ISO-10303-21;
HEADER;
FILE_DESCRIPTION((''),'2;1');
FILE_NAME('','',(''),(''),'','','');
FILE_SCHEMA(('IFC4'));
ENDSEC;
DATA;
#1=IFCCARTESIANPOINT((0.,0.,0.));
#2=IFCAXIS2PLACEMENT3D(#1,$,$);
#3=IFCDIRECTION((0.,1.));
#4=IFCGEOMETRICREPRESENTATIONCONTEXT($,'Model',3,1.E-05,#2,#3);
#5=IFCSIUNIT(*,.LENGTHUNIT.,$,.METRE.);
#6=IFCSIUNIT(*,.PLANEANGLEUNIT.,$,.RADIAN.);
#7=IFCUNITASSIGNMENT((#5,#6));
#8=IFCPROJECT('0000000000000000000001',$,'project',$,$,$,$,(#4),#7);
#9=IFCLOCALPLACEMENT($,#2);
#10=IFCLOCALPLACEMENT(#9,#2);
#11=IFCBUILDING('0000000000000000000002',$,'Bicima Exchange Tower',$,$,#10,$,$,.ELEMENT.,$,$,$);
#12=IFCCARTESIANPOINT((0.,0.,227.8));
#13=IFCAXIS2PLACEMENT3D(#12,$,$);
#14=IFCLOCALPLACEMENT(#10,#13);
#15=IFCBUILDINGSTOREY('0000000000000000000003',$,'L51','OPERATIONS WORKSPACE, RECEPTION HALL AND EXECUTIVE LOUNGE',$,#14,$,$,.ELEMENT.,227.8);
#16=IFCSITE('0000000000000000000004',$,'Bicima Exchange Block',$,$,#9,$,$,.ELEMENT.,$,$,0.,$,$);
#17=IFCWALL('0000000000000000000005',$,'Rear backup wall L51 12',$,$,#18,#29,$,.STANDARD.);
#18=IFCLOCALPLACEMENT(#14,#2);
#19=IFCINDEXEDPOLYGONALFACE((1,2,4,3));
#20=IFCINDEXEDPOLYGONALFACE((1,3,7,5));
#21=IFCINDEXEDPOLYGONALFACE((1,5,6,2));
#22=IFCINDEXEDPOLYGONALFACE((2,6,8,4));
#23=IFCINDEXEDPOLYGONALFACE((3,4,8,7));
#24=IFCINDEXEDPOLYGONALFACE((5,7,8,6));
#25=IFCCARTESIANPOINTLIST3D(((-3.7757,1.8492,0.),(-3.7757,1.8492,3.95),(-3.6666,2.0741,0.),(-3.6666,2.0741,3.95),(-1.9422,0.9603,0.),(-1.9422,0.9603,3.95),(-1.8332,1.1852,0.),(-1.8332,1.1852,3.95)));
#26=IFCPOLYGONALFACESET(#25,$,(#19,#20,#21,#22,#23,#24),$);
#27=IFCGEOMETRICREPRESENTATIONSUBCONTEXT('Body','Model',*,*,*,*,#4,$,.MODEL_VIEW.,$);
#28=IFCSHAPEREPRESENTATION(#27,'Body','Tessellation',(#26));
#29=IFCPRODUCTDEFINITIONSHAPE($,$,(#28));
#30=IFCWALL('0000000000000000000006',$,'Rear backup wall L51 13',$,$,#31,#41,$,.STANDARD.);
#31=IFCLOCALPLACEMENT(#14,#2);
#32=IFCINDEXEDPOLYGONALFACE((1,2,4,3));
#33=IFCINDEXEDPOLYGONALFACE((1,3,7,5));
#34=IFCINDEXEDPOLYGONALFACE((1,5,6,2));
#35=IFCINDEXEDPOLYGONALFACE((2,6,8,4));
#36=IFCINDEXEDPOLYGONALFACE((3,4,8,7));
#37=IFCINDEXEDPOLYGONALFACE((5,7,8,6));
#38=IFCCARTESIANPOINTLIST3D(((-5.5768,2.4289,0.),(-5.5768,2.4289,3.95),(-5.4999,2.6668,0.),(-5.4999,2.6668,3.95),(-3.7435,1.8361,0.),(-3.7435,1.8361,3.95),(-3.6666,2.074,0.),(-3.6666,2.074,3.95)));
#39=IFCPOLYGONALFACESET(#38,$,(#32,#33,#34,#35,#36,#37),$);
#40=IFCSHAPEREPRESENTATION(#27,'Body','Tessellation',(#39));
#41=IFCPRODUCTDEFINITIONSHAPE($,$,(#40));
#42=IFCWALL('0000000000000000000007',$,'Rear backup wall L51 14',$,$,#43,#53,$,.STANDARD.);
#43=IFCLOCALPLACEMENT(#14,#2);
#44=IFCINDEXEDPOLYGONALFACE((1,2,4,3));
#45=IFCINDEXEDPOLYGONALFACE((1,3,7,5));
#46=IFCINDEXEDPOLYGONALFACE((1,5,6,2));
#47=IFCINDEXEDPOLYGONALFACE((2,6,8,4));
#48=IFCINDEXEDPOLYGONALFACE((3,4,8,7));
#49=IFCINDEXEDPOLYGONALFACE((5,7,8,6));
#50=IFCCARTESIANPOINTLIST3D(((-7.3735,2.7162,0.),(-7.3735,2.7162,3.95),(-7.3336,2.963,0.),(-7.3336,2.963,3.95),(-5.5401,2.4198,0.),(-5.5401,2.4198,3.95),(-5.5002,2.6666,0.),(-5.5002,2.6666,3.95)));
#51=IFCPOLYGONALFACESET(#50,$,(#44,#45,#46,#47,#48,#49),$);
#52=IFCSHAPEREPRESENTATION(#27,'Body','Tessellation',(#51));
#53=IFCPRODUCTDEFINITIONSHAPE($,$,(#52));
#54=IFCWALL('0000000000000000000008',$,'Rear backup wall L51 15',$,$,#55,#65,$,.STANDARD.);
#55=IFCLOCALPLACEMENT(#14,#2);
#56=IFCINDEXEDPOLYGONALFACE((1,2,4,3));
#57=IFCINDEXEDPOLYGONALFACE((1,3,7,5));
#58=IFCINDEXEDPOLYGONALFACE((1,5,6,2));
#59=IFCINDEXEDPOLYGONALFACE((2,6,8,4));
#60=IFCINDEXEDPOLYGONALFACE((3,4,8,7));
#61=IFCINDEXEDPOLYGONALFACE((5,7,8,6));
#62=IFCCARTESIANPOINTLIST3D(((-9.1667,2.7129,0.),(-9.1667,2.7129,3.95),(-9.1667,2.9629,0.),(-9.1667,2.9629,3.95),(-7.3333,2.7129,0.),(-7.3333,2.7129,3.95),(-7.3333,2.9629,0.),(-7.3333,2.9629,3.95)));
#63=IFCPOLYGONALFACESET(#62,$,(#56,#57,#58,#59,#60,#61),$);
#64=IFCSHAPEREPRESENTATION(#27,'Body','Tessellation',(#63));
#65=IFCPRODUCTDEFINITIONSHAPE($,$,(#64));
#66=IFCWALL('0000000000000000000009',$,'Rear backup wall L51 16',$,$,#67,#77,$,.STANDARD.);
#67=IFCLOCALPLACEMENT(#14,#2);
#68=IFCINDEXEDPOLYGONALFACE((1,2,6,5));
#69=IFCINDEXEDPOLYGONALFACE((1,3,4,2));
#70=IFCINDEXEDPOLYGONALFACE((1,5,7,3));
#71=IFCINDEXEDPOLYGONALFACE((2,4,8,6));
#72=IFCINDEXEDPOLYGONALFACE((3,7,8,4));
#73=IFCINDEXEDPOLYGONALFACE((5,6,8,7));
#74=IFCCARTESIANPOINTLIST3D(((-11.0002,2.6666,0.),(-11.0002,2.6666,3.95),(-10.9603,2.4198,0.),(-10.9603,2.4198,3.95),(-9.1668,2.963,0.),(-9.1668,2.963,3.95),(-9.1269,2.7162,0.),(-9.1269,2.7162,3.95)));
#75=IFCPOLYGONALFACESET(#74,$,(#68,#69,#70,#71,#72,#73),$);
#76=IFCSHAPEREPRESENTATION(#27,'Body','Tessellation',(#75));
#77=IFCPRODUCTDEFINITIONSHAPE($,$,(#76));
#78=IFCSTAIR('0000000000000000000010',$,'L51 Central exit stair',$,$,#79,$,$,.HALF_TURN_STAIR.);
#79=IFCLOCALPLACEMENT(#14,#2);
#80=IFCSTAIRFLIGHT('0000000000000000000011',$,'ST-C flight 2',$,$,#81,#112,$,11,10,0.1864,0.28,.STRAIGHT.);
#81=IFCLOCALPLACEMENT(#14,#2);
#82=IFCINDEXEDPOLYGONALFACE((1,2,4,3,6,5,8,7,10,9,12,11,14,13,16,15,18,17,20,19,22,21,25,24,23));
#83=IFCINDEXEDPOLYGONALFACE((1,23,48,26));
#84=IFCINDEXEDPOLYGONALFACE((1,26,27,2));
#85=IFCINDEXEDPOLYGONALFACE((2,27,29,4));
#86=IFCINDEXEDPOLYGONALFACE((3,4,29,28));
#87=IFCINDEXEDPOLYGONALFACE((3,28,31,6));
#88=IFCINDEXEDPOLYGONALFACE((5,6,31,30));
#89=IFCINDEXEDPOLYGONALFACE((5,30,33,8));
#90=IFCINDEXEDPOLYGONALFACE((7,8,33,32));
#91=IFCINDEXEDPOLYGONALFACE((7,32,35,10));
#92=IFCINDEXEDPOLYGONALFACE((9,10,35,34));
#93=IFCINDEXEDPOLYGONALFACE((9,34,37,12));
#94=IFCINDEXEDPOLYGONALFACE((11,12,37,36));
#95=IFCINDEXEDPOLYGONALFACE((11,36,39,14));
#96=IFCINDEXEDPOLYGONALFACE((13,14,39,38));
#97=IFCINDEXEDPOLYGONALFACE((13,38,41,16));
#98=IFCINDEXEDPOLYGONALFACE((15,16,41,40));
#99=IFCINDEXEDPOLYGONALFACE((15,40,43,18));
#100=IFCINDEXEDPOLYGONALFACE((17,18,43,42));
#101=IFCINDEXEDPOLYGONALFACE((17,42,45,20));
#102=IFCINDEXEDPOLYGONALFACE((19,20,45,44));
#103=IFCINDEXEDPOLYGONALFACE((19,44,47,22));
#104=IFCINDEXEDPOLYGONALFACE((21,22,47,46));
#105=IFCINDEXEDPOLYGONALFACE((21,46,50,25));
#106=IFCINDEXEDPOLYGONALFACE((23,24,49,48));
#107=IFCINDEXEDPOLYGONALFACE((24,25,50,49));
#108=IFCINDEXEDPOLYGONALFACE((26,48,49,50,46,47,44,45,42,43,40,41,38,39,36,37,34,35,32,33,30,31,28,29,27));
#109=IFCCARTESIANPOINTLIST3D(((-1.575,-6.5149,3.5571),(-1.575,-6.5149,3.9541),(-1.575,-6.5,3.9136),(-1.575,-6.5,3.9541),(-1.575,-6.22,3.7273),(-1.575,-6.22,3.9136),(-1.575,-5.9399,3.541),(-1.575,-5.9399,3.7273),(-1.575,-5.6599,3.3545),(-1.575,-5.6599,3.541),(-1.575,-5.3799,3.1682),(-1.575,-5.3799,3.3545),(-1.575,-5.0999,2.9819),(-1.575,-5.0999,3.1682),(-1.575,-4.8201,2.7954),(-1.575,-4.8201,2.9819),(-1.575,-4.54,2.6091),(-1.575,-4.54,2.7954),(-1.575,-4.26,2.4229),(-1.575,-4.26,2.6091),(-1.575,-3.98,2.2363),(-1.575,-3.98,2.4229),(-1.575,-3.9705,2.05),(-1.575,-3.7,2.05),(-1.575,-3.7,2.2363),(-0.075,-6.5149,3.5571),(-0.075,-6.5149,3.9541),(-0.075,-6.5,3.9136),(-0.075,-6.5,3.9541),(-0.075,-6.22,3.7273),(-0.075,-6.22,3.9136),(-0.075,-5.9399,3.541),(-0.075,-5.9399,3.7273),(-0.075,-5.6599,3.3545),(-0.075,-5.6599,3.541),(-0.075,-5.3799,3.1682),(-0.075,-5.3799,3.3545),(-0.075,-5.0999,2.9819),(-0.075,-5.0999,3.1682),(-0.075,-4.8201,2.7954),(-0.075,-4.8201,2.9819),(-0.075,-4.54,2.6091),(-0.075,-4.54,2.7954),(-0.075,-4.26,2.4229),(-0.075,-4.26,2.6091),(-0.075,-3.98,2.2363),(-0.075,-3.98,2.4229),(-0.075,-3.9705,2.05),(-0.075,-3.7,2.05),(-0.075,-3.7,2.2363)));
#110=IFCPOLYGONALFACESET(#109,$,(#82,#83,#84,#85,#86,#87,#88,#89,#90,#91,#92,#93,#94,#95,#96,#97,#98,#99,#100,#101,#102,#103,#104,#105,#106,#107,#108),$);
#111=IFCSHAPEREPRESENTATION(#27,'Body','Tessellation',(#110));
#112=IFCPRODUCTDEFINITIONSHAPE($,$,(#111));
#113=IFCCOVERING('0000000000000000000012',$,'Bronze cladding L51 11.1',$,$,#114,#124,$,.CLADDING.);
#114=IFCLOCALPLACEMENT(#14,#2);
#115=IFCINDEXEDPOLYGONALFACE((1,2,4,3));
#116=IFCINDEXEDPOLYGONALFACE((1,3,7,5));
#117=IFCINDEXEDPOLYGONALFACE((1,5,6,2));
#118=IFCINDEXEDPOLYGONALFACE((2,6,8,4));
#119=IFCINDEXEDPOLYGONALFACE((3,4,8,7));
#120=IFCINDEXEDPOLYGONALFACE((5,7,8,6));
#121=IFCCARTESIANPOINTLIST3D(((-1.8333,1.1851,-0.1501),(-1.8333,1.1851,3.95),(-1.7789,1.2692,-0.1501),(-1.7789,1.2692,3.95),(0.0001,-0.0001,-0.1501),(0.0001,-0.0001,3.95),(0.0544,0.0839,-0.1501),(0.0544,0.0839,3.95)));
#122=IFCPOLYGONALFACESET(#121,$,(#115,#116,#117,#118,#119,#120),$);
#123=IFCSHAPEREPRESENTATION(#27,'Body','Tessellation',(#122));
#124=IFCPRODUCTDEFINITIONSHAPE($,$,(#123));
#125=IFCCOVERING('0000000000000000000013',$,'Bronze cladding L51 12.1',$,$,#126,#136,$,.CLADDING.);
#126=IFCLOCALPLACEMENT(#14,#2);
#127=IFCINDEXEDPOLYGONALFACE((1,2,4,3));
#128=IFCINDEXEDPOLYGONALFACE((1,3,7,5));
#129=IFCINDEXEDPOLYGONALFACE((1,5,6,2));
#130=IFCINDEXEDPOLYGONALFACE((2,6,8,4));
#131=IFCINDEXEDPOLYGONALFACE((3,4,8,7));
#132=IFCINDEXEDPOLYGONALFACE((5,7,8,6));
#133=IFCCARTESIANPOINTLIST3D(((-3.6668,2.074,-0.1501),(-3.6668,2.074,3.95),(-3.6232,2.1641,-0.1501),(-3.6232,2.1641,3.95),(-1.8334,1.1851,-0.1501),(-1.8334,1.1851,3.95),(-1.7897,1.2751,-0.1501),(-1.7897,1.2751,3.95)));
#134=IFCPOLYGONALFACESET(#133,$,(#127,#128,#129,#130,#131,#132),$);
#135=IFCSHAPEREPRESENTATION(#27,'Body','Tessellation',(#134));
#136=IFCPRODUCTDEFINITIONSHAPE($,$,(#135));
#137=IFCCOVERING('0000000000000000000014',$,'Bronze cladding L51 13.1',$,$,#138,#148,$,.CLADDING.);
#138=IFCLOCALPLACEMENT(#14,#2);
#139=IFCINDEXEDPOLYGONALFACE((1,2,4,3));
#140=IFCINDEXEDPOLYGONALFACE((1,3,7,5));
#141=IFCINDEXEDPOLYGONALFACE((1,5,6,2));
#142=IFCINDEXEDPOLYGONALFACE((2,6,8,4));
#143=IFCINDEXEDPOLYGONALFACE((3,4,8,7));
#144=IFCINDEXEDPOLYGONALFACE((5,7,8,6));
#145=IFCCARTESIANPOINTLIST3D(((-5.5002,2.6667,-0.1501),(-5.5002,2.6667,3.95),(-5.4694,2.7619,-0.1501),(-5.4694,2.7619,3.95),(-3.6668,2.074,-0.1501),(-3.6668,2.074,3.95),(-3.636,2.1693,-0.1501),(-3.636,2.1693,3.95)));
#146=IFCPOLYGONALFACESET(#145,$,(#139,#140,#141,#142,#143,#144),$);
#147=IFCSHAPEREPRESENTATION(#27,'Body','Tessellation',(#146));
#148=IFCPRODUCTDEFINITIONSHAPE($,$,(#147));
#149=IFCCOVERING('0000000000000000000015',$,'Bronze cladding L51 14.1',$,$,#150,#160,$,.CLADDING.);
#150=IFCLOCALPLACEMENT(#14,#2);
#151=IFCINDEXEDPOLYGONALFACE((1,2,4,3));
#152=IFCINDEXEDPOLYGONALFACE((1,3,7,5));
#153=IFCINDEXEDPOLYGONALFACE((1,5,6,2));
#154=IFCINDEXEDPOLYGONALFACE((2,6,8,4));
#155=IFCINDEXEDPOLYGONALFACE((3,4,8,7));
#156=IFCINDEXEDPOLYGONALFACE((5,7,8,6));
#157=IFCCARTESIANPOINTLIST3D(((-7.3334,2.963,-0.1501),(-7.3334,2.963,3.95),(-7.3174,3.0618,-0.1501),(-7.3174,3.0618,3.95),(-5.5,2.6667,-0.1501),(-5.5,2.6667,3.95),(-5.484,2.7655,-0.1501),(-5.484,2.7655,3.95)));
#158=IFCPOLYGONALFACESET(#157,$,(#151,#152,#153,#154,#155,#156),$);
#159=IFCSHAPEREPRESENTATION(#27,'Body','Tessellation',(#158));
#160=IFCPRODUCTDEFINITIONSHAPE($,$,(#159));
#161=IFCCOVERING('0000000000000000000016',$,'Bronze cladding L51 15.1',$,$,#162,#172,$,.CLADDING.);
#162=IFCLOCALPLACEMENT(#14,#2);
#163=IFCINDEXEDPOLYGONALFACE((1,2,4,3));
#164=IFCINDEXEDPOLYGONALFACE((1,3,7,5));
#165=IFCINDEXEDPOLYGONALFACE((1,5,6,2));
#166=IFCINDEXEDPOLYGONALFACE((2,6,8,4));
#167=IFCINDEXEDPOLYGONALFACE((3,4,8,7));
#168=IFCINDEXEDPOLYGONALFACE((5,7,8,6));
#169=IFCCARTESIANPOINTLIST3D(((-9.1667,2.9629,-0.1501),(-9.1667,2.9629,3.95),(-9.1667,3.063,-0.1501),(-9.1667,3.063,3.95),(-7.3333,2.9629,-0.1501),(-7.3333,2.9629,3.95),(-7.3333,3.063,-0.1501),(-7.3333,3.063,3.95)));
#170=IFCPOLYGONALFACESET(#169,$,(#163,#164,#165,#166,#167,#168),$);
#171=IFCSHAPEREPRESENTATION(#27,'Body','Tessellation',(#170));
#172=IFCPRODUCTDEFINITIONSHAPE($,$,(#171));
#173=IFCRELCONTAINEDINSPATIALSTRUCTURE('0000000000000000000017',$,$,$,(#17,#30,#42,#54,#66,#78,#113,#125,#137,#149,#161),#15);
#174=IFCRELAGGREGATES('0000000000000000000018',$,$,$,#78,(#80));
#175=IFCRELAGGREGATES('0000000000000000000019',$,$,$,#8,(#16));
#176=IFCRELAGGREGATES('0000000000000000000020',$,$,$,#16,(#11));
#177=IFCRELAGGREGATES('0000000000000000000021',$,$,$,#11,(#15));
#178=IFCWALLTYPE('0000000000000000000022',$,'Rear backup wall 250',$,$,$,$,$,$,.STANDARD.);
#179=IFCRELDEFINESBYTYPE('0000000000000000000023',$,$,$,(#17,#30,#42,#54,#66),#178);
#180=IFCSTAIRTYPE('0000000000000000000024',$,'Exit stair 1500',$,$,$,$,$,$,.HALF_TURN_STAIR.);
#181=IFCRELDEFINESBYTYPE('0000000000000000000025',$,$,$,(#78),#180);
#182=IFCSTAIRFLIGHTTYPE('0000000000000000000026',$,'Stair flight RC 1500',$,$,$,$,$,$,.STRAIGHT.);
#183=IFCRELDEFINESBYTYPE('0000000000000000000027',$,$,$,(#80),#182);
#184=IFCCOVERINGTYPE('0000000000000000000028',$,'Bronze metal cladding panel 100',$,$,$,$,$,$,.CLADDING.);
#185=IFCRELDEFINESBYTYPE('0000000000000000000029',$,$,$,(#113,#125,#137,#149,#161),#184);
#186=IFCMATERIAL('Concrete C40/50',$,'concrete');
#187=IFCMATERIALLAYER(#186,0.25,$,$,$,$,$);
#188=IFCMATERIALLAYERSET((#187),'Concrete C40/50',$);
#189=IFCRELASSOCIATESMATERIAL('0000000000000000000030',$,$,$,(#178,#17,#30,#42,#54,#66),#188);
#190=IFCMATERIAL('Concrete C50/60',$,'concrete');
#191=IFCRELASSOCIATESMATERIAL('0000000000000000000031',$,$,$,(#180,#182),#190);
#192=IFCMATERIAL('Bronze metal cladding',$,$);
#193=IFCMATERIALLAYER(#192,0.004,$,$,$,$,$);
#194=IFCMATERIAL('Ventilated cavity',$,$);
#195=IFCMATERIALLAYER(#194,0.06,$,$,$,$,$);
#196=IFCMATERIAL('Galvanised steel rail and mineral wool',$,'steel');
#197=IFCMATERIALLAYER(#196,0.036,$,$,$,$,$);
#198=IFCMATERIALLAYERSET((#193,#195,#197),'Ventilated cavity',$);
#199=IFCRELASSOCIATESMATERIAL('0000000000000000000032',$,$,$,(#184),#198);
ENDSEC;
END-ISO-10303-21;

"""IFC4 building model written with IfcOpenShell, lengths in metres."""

from ifc_helpers import new_model, si_unit, direction, frame, frame_2d, origin, origin_2d, place, context, subcontext, project, spatial, polyline, rectangle, outline, extrude, material, layer, layer_set, layer_usage, type_object, element, aggregate, save


model = new_model("IFC4")

# Units and contexts
model_context = context("Model", 3, precision=1e-05, world=origin(), true_north=direction((0.0, 1.0)))
body_context = subcontext(model_context, "Body", "Model", "MODEL_VIEW")
ifc_project = project(units=[si_unit("LENGTHUNIT", "METRE"), si_unit("PLANEANGLEUNIT", "RADIAN")], contexts=[model_context])

# Site, building, storey
site_placement = place(None, origin())
site = spatial("IfcSite", under=ifc_project, at=site_placement, Name="Bicima Exchange Block", CompositionType="ELEMENT", RefElevation=0.0)
building_placement = place(site_placement, origin())
building = spatial("IfcBuilding", under=site, at=building_placement, Name="Bicima Exchange Tower", CompositionType="ELEMENT")
storey_placement = place(building_placement, frame((0.0, 0.0, 227.8)))
storey = spatial("IfcBuildingStorey", under=building, at=storey_placement, Name="L51", Description="OPERATIONS WORKSPACE, RECEPTION HALL AND EXECUTIVE LOUNGE", CompositionType="ELEMENT", Elevation=227.8)

# Shared definitions
ifc_material_1 = material(Name="Concrete C50/60", Category="concrete")

# Walls
ifc_material_2 = material(Name="Concrete C40/50", Category="concrete")
ifc_layer_1 = layer(ifc_material_2, 0.25)
ifc_layer_set_1 = layer_set([ifc_layer_1], Name="Concrete C40/50")
ifc_layer_usage = layer_usage(ifc_layer_set_1, "AXIS2", "POSITIVE", -0.125)
wall_type_1 = type_object("IfcWallType", Name="Rear backup wall 250", PredefinedType="STANDARD", material=ifc_layer_set_1)
wall_1_placement = place(storey_placement, frame((-1.8877, 1.0728, 0.0), z_axis=(0.0, 0.0, 1.0), x_axis=(-0.899824, 0.436253, 0.0)))
element("IfcWall", 1, at=wall_1_placement, inside=storey, type_object=wall_type_1, material=ifc_layer_usage, Name="Rear backup wall L51 12", PredefinedType="STANDARD", context=body_context, shape_type="SweptSolid", body=[
    extrude(rectangle(XDim=2.0376, YDim=0.25, at=frame_2d((1.0188, 0.0))), origin(), (0.0, 0.0, 1.0), 3.95),
])
wall_2_placement = place(storey_placement, frame((-3.7051, 1.9551, 0.0), z_axis=(0.0, 0.0, 1.0), x_axis=(-0.951496, 0.307662, 0.0)))
element("IfcWall", 2, at=wall_2_placement, inside=storey, type_object=wall_type_1, material=ifc_layer_usage, Name="Rear backup wall L51 13", PredefinedType="STANDARD", context=body_context, shape_type="SweptSolid", body=[
    extrude(rectangle(XDim=1.9268, YDim=0.25, at=frame_2d((0.9634, 0.0))), origin(), (0.0, 0.0, 1.0), 3.95),
])
wall_3_placement = place(storey_placement, frame((-5.52, 2.5432, 0.0), z_axis=(0.0, 0.0, 1.0), x_axis=(-0.987182, 0.1596, 0.0)))
element("IfcWall", 3, at=wall_3_placement, inside=storey, type_object=wall_type_1, material=ifc_layer_usage, Name="Rear backup wall L51 14", PredefinedType="STANDARD", context=body_context, shape_type="SweptSolid", body=[
    extrude(rectangle(XDim=1.8572, YDim=0.25, at=frame_2d((0.9287, 0.0))), origin(), (0.0, 0.0, 1.0), 3.95),
])
wall_4_placement = place(storey_placement, frame((-7.3333, 2.8379, 0.0), z_axis=(0.0, 0.0, 1.0), x_axis=(-1.0, 0.0, 0.0)))
element("IfcWall", 4, at=wall_4_placement, inside=storey, type_object=wall_type_1, material=ifc_layer_usage, Name="Rear backup wall L51 15", PredefinedType="STANDARD", context=body_context, shape_type="SweptSolid", body=[
    extrude(rectangle(XDim=1.8335, YDim=0.25, at=frame_2d((0.9167, 0.0))), origin(), (0.0, 0.0, 1.0), 3.95),
])
wall_5_placement = place(storey_placement, frame((-9.1467, 2.8396, 0.0), z_axis=(0.0, 0.0, 1.0), x_axis=(-0.987182, -0.1596, 0.0)))
element("IfcWall", 5, at=wall_5_placement, inside=storey, type_object=wall_type_1, material=ifc_layer_usage, Name="Rear backup wall L51 16", PredefinedType="STANDARD", context=body_context, shape_type="SweptSolid", body=[
    extrude(rectangle(XDim=1.8572, YDim=0.25, at=frame_2d((0.9287, 0.0))), origin(), (0.0, 0.0, 1.0), 3.95),
])

# Stair, stair flight
stair_type = type_object("IfcStairType", Name="Exit stair 1500", PredefinedType="HALF_TURN_STAIR", material=ifc_material_1)
stair_placement = place(storey_placement, origin())
stair = element("IfcStair", 6, at=stair_placement, inside=storey, type_object=stair_type, Name="L51 Central exit stair", PredefinedType="HALF_TURN_STAIR")
stair_flight_type = type_object("IfcStairFlightType", Name="Stair flight RC 1500", PredefinedType="STRAIGHT", material=ifc_material_1)
stair_flight_placement = place(storey_placement, frame((-0.825, -3.7, 2.05), z_axis=(0.0, 0.0, 1.0), x_axis=(0.0, -1.0, 0.0)))
stair_flight = element("IfcStairFlight", 7, at=stair_flight_placement, type_object=stair_flight_type, Name="ST-C flight 2", NumberOfRisers=11, NumberOfTreads=10, PredefinedType="STRAIGHT", RiserHeight=0.1864, TreadLength=0.28, context=body_context, shape_type="SweptSolid", body=[
    extrude(outline(polyline([(0.0, 0.0), (0.0, 0.1863), (0.28, 0.1863), (0.28, 0.3728), (0.5601, 0.3728), (0.5601, 0.5591), (0.8401, 0.5591), (0.8401, 0.7454), (1.1201, 0.7454), (1.1201, 0.9319), (1.3999, 0.9319), (1.3999, 1.1182), (1.6799, 1.1182), (1.6799, 1.3044), (1.96, 1.3044), (1.96, 1.491), (2.24, 1.491), (2.24, 1.6772), (2.52, 1.6772), (2.52, 1.8635), (2.8, 1.8635), (2.8, 1.9041), (2.8149, 1.9041), (2.8149, 1.5071), (0.2705, 0.0), (0.0, 0.0)])), frame((0.0, 0.75, 0.0), z_axis=(0.0, -1.0, 0.0), x_axis=(1.0, 0.0, 0.0)), (0.0, 0.0, 1.0), 1.5),
])
aggregate(stair, [stair_flight])

# Coverings
ifc_material_3 = material(Name="Bronze metal cladding")
ifc_layer_2 = layer(ifc_material_3, 0.004)
ifc_material_4 = material(Name="Ventilated cavity")
ifc_layer_3 = layer(ifc_material_4, 0.06)
ifc_material_5 = material(Name="Galvanised steel rail and mineral wool", Category="steel")
ifc_layer_4 = layer(ifc_material_5, 0.036)
ifc_layer_set_2 = layer_set([ifc_layer_2, ifc_layer_3, ifc_layer_4], Name="Ventilated cavity")
covering_type = type_object("IfcCoveringType", Name="Bronze metal cladding panel 100", PredefinedType="CLADDING", material=ifc_layer_set_2)
covering_1_placement = place(storey_placement, frame((-0.8894, 0.6345, -0.1501), z_axis=(0.0, 0.0, 1.0), x_axis=(-0.83979, 0.542911, 0.0)))
element("IfcCovering", 8, at=covering_1_placement, inside=storey, type_object=covering_type, Name="Bronze cladding L51 11.1", PredefinedType="CLADDING", context=body_context, shape_type="SweptSolid", body=[
    extrude(rectangle(XDim=2.1831, YDim=0.1001, at=origin_2d()), origin(), (0.0, 0.0, 1.0), 4.1001),
])
covering_2_placement = place(storey_placement, frame((-2.7283, 1.6746, -0.1501), z_axis=(0.0, 0.0, 1.0), x_axis=(-0.899818, 0.436265, 0.0)))
element("IfcCovering", 9, at=covering_2_placement, inside=storey, type_object=covering_type, Name="Bronze cladding L51 12.1", PredefinedType="CLADDING", context=body_context, shape_type="SweptSolid", body=[
    extrude(rectangle(XDim=2.0376, YDim=0.1001, at=origin_2d()), origin(), (0.0, 0.0, 1.0), 4.1001),
])
covering_3_placement = place(storey_placement, frame((-4.5681, 2.418, -0.1501), z_axis=(0.0, 0.0, 1.0), x_axis=(-0.951525, 0.307573, 0.0)))
element("IfcCovering", 10, at=covering_3_placement, inside=storey, type_object=covering_type, Name="Bronze cladding L51 13.1", PredefinedType="CLADDING", context=body_context, shape_type="SweptSolid", body=[
    extrude(rectangle(XDim=1.9268, YDim=0.1001, at=origin_2d()), origin(), (0.0, 0.0, 1.0), 4.1001),
])
covering_4_placement = place(storey_placement, frame((-6.4087, 2.8643, -0.1501), z_axis=(0.0, 0.0, 1.0), x_axis=(-0.98719, 0.15955, 0.0)))
element("IfcCovering", 11, at=covering_4_placement, inside=storey, type_object=covering_type, Name="Bronze cladding L51 14.1", PredefinedType="CLADDING", context=body_context, shape_type="SweptSolid", body=[
    extrude(rectangle(XDim=1.8572, YDim=0.1001, at=origin_2d()), origin(), (0.0, 0.0, 1.0), 4.1001),
])
covering_5_placement = place(storey_placement, frame((-8.25, 3.0129, -0.1501), z_axis=(0.0, 0.0, 1.0), x_axis=(-1.0, 0.0, 0.0)))
element("IfcCovering", 12, at=covering_5_placement, inside=storey, type_object=covering_type, Name="Bronze cladding L51 15.1", PredefinedType="CLADDING", context=body_context, shape_type="SweptSolid", body=[
    extrude(rectangle(XDim=1.8335, YDim=0.1001, at=origin_2d()), origin(), (0.0, 0.0, 1.0), 4.1001),
])

save(model, "model.ifc")
